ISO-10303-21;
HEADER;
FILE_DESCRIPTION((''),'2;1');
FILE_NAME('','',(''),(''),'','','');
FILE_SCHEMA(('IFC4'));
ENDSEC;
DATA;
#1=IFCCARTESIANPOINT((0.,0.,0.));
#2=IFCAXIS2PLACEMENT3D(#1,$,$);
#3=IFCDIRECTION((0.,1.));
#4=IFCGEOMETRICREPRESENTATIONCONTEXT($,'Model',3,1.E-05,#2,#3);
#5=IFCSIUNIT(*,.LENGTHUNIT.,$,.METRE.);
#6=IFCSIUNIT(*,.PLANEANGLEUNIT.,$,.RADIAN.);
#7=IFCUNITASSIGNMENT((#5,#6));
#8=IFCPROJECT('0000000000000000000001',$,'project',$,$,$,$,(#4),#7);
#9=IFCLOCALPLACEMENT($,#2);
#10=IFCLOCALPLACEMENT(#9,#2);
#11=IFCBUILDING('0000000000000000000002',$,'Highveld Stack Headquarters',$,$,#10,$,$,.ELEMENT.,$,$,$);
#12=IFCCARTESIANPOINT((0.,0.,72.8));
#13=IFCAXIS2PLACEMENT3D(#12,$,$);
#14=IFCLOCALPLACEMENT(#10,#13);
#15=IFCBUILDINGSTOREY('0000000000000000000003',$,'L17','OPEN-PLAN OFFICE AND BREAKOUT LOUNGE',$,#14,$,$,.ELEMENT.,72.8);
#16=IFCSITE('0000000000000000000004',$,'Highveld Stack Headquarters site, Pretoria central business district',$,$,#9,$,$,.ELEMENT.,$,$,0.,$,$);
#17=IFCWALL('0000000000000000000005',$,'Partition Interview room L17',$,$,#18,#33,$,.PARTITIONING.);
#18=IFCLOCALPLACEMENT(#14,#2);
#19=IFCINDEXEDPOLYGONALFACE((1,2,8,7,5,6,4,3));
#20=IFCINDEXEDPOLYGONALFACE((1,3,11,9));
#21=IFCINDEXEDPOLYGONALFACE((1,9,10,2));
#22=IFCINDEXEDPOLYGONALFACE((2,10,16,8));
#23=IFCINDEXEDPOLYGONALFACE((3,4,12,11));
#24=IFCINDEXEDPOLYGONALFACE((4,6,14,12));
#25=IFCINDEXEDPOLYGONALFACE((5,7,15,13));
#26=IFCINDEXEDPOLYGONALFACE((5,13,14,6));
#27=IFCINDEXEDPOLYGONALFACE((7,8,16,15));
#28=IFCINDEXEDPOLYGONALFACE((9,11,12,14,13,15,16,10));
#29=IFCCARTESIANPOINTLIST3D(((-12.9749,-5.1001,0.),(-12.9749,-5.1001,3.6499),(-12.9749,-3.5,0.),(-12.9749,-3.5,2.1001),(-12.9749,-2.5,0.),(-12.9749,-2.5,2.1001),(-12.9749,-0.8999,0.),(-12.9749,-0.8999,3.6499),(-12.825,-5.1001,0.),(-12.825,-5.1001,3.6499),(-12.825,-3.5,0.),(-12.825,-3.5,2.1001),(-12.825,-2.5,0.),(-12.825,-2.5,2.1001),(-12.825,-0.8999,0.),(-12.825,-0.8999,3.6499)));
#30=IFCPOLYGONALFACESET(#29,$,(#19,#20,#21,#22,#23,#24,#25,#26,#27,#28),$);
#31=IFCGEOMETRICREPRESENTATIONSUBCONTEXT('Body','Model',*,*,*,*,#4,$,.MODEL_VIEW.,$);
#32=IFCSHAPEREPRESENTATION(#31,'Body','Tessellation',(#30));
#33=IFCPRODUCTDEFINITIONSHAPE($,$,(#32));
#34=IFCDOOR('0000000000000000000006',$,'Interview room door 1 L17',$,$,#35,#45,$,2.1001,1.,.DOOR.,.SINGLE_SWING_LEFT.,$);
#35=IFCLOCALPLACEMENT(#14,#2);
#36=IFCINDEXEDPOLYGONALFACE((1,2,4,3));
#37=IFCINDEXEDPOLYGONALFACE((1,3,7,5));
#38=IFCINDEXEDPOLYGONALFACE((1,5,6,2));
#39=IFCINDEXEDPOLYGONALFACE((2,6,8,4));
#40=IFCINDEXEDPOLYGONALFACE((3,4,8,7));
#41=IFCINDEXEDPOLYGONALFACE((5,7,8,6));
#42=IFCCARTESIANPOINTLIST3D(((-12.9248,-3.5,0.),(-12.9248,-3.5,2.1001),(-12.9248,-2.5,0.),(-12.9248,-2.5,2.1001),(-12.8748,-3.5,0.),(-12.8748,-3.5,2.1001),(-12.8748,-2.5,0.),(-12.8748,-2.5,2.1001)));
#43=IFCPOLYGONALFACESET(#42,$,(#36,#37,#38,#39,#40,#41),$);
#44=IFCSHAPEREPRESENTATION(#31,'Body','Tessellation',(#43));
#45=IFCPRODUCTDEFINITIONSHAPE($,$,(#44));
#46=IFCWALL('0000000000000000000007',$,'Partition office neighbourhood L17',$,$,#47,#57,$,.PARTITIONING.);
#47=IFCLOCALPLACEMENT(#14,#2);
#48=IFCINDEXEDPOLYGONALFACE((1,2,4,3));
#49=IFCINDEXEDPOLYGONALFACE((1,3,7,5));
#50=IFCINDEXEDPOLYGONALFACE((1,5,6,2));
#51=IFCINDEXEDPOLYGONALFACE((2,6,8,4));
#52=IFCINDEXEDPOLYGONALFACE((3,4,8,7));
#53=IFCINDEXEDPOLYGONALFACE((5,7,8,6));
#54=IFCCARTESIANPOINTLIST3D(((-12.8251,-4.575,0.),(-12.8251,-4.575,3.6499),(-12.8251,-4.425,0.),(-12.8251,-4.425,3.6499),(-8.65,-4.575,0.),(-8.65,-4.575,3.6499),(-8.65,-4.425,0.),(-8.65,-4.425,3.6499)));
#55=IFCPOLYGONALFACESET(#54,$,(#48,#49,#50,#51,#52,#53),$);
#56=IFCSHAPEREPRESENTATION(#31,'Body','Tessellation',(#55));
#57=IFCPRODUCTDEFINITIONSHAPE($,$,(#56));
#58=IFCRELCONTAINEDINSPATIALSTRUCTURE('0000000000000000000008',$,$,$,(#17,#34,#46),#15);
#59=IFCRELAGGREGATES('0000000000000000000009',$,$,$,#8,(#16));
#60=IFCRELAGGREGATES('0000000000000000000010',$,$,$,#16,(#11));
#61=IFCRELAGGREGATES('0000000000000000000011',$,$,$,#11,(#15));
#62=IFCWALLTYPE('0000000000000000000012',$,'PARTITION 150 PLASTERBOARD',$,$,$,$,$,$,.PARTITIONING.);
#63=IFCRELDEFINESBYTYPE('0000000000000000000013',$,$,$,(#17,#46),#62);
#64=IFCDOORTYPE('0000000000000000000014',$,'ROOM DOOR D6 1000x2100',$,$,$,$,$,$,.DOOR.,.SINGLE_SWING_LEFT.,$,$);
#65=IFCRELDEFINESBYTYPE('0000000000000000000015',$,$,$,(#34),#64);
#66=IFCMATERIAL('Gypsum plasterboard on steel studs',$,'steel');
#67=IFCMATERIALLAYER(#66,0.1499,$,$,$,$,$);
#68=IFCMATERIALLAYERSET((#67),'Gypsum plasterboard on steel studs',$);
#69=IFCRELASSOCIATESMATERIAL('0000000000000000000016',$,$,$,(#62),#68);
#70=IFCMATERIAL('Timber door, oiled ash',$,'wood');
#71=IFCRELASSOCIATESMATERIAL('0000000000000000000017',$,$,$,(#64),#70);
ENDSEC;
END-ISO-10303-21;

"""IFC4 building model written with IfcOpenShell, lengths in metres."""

from ifc_helpers import new_model, si_unit, direction, frame, frame_2d, origin, place, context, subcontext, project, spatial, rectangle, extrude, material, layer, layer_set, type_object, element, fill, save


model = new_model("IFC4")

# Units and contexts
model_context = context("Model", 3, precision=1e-05, world=origin(), true_north=direction((0.0, 1.0)))
body_context = subcontext(model_context, "Body", "Model", "MODEL_VIEW")
ifc_project = project(units=[si_unit("LENGTHUNIT", "METRE"), si_unit("PLANEANGLEUNIT", "RADIAN")], contexts=[model_context])

# Site, building, storey
site_placement = place(None, origin())
site = spatial("IfcSite", under=ifc_project, at=site_placement, Name="Highveld Stack Headquarters site, Pretoria central business district", CompositionType="ELEMENT", RefElevation=0.0)
building_placement = place(site_placement, origin())
building = spatial("IfcBuilding", under=site, at=building_placement, Name="Highveld Stack Headquarters", CompositionType="ELEMENT")
storey_placement = place(building_placement, frame((0.0, 0.0, 72.8)))
storey = spatial("IfcBuildingStorey", under=building, at=storey_placement, Name="L17", Description="OPEN-PLAN OFFICE AND BREAKOUT LOUNGE", CompositionType="ELEMENT", Elevation=72.8)

# Shared definitions
ifc_material_1 = material(Name="Gypsum plasterboard on steel studs", Category="steel")
ifc_layer_1 = layer(ifc_material_1, 0.1499)
ifc_layer_set_1 = layer_set([ifc_layer_1], Name="Gypsum plasterboard on steel studs")
wall_type = type_object("IfcWallType", Name="PARTITION 150 PLASTERBOARD", PredefinedType="PARTITIONING", material=ifc_layer_set_1)

# Wall, opening, door
wall_1_placement = place(storey_placement, frame((-12.8999, -5.1001, 0.0), z_axis=(0.0, 0.0, 1.0), x_axis=(0.0, 1.0, 0.0)))
wall_1 = element("IfcWall", 1, at=wall_1_placement, inside=storey, type_object=wall_type, Name="Partition Interview room L17", PredefinedType="PARTITIONING", context=body_context, shape_type="SweptSolid", body=[
    extrude(rectangle(XDim=4.2002, YDim=0.1499, at=frame_2d((2.1001, 0.0))), origin(), (0.0, 0.0, 1.0), 3.6499),
])
opening_placement = place(wall_1_placement, frame((1.6001, 0.0, 0.0)))
opening = element("IfcOpeningElement", 2, at=opening_placement, cuts=wall_1, PredefinedType="OPENING", context=body_context, shape_type="SweptSolid", body=[
    extrude(rectangle(XDim=1.0, YDim=2.1001, at=frame_2d((0.5, 1.05))), frame((0.0, 0.085, 0.0), z_axis=(0.0, -1.0, 0.0), x_axis=(1.0, 0.0, 0.0)), (0.0, 0.0, 1.0), 0.1699),
])
ifc_material_2 = material(Name="Timber door, oiled ash", Category="wood")
door_type = type_object("IfcDoorType", Name="ROOM DOOR D6 1000x2100", OperationType="SINGLE_SWING_LEFT", PredefinedType="DOOR", material=ifc_material_2)
door_placement = place(opening_placement, origin())
door = element("IfcDoor", 3, at=door_placement, inside=storey, type_object=door_type, Name="Interview room door 1 L17", OperationType="SINGLE_SWING_LEFT", OverallHeight=2.1001, OverallWidth=1.0, PredefinedType="DOOR", context=body_context, shape_type="SweptSolid", body=[
    extrude(rectangle(XDim=1.0, YDim=2.1001, at=frame_2d((0.5, 1.05))), frame((0.0, 0.0249, 0.0), z_axis=(0.0, -1.0, 0.0), x_axis=(1.0, 0.0, 0.0)), (0.0, 0.0, 1.0), 0.05),
])
fill(opening, door)

# Wall
wall_2_placement = place(storey_placement, frame((-12.825, -4.5, 0.0), z_axis=(0.0, 0.0, 1.0), x_axis=(1.0, 0.0, 0.0)))
element("IfcWall", 4, at=wall_2_placement, inside=storey, type_object=wall_type, Name="Partition office neighbourhood L17", PredefinedType="PARTITIONING", context=body_context, shape_type="SweptSolid", body=[
    extrude(rectangle(XDim=4.175, YDim=0.1499, at=frame_2d((2.0874, 0.0))), origin(), (0.0, 0.0, 1.0), 3.6499),
])

save(model, "model.ifc")
